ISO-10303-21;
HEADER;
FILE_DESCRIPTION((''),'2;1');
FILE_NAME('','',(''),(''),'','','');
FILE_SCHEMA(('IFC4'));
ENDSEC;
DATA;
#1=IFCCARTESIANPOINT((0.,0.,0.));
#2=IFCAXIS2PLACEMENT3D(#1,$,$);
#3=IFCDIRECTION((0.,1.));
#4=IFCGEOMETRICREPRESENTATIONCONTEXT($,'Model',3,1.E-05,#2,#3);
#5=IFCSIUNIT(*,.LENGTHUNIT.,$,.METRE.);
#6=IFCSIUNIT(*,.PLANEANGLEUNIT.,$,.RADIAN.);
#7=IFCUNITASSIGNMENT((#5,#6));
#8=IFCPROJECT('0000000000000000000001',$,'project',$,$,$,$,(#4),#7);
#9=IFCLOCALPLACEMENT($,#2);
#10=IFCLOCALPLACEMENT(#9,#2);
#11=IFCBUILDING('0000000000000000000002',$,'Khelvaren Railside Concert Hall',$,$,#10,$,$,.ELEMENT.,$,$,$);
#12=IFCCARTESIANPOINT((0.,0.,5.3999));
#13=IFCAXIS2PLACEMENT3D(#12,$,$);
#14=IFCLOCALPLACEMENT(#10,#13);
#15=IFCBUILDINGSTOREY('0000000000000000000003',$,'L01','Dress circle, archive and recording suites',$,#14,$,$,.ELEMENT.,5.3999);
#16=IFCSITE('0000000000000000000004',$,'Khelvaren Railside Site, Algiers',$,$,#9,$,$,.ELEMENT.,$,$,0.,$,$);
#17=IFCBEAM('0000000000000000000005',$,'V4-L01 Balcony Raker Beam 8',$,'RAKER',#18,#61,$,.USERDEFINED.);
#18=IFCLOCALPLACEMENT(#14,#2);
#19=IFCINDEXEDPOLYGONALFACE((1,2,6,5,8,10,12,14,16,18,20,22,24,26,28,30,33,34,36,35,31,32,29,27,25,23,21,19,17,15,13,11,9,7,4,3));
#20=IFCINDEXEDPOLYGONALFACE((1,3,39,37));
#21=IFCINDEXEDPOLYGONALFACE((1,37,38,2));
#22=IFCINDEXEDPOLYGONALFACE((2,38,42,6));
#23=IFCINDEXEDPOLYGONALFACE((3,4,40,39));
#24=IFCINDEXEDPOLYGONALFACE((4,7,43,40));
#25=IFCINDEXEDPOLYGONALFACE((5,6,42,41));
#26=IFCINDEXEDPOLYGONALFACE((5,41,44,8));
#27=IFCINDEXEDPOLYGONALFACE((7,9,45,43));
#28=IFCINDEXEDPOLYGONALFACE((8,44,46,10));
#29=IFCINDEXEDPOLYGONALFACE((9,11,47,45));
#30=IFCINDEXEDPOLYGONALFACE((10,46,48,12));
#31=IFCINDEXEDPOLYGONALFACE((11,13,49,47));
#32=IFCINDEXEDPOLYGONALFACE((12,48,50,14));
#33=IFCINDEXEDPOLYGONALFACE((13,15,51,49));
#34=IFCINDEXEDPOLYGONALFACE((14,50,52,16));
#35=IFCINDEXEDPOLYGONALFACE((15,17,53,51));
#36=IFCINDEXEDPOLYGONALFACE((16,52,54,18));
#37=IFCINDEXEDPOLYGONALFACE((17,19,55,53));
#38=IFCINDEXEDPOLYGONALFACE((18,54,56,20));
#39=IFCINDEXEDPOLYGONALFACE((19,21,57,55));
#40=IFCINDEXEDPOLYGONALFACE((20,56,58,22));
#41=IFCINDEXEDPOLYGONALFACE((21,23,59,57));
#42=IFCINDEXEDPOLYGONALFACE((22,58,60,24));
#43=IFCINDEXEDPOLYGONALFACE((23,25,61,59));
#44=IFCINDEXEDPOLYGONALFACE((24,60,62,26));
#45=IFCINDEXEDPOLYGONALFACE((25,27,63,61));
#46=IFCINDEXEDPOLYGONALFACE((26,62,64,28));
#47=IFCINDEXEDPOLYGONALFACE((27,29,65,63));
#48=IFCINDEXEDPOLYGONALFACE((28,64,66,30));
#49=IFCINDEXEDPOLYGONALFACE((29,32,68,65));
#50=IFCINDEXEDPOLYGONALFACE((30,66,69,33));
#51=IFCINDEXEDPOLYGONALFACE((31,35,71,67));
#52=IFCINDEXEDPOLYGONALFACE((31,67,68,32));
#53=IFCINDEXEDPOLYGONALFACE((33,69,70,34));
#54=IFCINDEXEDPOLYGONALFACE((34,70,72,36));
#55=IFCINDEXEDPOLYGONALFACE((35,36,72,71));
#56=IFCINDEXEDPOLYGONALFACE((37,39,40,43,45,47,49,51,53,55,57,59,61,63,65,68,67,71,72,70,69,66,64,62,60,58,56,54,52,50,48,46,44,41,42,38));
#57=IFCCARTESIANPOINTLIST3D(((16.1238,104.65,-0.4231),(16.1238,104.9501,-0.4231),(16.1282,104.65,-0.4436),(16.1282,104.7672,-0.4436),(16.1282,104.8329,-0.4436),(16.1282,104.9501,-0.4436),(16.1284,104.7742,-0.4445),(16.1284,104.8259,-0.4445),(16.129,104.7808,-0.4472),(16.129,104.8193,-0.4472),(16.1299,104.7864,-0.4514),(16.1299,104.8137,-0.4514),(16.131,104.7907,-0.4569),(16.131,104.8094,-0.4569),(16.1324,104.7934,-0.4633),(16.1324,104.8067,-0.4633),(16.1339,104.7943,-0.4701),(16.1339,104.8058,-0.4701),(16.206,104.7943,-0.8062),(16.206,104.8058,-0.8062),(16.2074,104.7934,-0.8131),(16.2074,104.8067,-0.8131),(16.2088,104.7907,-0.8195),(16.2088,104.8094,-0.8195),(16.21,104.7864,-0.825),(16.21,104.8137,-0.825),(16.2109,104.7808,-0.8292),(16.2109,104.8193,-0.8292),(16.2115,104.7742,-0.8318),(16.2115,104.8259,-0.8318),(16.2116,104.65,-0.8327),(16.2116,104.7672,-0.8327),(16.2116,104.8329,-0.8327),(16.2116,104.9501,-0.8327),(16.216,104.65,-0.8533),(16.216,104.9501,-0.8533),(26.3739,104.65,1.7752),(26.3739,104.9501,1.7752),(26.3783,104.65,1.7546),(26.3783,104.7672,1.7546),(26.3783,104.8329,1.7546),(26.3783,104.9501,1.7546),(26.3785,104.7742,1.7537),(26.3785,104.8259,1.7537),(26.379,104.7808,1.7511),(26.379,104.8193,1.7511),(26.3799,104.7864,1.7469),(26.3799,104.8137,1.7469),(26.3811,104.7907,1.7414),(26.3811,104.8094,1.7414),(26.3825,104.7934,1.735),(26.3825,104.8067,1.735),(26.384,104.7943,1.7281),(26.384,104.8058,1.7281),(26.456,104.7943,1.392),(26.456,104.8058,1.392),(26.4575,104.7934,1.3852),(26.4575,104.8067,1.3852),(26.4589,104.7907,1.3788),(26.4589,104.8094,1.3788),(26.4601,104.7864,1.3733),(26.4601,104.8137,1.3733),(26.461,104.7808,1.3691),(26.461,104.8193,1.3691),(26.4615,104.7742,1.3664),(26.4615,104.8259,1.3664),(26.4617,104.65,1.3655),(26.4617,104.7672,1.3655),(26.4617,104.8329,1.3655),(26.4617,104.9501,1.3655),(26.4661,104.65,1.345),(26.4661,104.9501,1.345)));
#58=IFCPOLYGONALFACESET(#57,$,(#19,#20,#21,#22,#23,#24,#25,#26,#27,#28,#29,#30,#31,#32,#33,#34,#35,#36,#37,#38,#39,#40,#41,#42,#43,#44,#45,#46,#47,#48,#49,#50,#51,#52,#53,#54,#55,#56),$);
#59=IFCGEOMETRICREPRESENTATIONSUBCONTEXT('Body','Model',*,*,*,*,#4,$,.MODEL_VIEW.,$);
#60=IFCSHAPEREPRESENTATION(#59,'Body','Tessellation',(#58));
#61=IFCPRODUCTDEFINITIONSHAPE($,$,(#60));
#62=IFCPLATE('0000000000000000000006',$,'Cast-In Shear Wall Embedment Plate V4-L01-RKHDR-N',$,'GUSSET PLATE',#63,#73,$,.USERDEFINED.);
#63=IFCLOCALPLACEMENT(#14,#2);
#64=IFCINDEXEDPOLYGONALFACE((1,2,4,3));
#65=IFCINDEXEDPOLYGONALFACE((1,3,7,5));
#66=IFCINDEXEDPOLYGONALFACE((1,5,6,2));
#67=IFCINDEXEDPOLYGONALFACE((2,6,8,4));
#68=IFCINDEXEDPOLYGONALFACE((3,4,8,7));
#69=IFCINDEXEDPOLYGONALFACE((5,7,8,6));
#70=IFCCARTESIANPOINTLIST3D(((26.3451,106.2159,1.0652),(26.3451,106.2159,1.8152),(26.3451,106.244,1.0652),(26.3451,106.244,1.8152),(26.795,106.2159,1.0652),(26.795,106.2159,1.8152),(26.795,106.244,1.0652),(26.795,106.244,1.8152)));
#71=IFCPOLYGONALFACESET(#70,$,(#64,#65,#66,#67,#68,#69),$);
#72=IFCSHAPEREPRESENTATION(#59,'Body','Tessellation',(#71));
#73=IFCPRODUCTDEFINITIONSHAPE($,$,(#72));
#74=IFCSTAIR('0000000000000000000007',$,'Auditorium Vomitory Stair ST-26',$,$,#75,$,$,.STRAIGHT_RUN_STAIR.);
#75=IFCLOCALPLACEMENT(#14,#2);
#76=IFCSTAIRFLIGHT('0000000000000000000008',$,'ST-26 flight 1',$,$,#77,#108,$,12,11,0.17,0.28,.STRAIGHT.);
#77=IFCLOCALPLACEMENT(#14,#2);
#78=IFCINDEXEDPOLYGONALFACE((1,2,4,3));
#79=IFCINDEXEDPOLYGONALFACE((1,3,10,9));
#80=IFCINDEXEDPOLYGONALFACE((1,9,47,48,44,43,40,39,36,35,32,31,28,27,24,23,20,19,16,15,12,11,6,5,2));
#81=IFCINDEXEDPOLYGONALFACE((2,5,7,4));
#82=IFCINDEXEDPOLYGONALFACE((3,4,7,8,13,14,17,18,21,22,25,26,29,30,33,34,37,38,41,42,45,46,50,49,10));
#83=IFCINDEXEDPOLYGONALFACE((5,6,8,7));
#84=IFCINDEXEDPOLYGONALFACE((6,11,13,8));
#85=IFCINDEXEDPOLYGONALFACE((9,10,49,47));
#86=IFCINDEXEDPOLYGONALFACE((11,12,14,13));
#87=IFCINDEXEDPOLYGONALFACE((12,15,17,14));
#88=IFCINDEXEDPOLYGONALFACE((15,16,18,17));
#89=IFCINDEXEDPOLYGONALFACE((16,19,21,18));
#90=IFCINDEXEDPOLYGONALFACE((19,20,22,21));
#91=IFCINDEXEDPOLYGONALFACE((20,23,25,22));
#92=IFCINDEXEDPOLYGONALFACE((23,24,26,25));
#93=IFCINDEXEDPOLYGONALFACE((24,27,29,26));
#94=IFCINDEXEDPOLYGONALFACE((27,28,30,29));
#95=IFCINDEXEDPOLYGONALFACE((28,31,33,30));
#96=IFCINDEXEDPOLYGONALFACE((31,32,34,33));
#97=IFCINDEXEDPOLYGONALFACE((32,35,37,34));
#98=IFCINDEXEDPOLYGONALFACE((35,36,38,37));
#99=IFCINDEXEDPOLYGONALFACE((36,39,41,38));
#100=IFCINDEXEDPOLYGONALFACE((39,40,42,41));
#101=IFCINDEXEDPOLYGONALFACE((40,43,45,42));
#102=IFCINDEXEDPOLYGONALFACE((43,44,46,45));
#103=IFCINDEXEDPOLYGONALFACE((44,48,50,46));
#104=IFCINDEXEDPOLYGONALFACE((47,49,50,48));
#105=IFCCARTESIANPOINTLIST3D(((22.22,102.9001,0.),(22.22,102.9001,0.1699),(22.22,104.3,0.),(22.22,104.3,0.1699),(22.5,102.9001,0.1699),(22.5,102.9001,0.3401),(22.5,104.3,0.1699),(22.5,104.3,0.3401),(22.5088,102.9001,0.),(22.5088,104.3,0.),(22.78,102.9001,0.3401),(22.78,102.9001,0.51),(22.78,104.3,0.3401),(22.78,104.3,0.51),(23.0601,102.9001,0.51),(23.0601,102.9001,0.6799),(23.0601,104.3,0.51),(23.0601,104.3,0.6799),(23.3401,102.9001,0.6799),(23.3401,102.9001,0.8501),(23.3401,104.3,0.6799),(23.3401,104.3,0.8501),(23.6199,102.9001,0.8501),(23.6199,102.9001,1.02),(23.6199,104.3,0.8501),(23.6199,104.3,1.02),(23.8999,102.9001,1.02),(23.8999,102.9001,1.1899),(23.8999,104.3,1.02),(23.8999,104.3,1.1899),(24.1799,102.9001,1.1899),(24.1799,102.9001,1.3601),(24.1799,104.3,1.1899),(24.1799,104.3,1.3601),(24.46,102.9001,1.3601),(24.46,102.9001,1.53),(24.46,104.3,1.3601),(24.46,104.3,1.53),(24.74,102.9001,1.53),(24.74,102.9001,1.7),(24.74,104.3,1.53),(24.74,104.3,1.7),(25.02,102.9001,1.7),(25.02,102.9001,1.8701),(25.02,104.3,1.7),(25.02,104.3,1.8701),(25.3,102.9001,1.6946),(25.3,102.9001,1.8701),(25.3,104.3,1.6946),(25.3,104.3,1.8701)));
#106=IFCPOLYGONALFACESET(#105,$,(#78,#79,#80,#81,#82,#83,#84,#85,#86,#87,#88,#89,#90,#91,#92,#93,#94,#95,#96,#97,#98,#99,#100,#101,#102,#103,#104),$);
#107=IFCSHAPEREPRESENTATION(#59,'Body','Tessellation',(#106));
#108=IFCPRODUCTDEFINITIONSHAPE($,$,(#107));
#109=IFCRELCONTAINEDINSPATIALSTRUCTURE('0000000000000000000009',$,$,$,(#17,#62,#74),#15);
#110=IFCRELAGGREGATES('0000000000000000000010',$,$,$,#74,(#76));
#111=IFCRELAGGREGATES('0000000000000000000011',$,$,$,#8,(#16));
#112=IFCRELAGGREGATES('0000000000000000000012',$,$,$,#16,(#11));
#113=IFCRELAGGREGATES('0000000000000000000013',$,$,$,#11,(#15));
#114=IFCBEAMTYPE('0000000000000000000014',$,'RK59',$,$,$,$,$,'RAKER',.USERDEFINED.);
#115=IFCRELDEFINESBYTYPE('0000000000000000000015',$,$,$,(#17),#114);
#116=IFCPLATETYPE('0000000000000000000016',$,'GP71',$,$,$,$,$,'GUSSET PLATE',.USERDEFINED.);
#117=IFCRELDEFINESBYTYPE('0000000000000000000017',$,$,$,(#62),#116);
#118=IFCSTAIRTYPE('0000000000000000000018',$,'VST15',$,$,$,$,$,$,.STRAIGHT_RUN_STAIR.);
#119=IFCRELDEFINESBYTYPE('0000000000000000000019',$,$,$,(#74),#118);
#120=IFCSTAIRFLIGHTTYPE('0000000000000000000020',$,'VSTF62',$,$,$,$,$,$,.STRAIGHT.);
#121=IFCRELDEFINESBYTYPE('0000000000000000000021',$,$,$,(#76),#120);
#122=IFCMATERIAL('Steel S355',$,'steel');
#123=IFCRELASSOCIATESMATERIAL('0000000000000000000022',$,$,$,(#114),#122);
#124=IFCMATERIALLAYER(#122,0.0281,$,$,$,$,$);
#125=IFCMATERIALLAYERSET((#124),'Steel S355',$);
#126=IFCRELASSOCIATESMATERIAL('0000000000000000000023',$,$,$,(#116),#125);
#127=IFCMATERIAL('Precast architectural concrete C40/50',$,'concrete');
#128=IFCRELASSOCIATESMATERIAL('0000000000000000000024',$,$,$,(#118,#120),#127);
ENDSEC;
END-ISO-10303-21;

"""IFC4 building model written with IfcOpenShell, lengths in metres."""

from ifc_helpers import new_model, si_unit, direction, frame, origin, origin_2d, place, context, subcontext, project, spatial, polyline, rectangle, i_section, outline, extrude, material, layer, layer_set, material_profile, profile_set, type_object, element, aggregate, save


model = new_model("IFC4")

# Units and contexts
model_context = context("Model", 3, precision=1e-05, world=origin(), true_north=direction((0.0, 1.0)))
body_context = subcontext(model_context, "Body", "Model", "MODEL_VIEW")
ifc_project = project(units=[si_unit("LENGTHUNIT", "METRE"), si_unit("PLANEANGLEUNIT", "RADIAN")], contexts=[model_context])

# Site, building, storey
site_placement = place(None, origin())
site = spatial("IfcSite", under=ifc_project, at=site_placement, Name="Khelvaren Railside Site, Algiers", CompositionType="ELEMENT", RefElevation=0.0)
building_placement = place(site_placement, origin())
building = spatial("IfcBuilding", under=site, at=building_placement, Name="Khelvaren Railside Concert Hall", CompositionType="ELEMENT")
storey_placement = place(building_placement, frame((0.0, 0.0, 5.3999)))
storey = spatial("IfcBuildingStorey", under=building, at=storey_placement, Name="L01", Description="Dress circle, archive and recording suites", CompositionType="ELEMENT", Elevation=5.3999)

# Beam
ifc_material_1 = material(Name="Steel S355", Category="steel")
ifc_material_profile_1 = material_profile(ifc_material_1, i_section(OverallWidth=0.3, OverallDepth=0.4399, WebThickness=0.0115, FlangeThickness=0.021, FilletRadius=0.0271, at=origin_2d()), Name="HEA 450")
ifc_profile_set_1 = profile_set([ifc_material_profile_1], Name="Steel S355")
beam_type_1 = type_object("IfcBeamType", Name="RK59", ElementType="RAKER", PredefinedType="USERDEFINED", material=ifc_profile_set_1)
for number, where, z_axis, x_axis, name in (
    (1, (16.1699, 104.8, -0.6382), (0.977767, 0.0, 0.209694), (0.0, 1.0, 0.0), "V4-L01 Balcony Raker Beam 8"),
):
    element("IfcBeam", number, at=place(storey_placement, frame(where, z_axis=z_axis, x_axis=x_axis)), inside=storey, type_object=beam_type_1, Name=name, ObjectType="RAKER", PredefinedType="USERDEFINED", context=body_context, shape_type="SweptSolid", body=[
        extrude(i_section(OverallWidth=0.3, OverallDepth=0.4399, WebThickness=0.0115, FlangeThickness=0.021, FilletRadius=0.0271, at=origin_2d()), origin(), (0.0, 0.0, 1.0), 10.4832),
    ])

# Plate
ifc_layer = layer(ifc_material_1, 0.0281)
ifc_layer_set = layer_set([ifc_layer], Name="Steel S355")
plate_type = type_object("IfcPlateType", Name="GP71", ElementType="GUSSET PLATE", PredefinedType="USERDEFINED", material=ifc_layer_set)
plate_placement = place(storey_placement, frame((26.5701, 106.23, 1.0652), z_axis=(0.0, 0.0, 1.0), x_axis=(1.0, 0.0, 0.0)))
element("IfcPlate", 2, at=plate_placement, inside=storey, type_object=plate_type, Name="Cast-In Shear Wall Embedment Plate V4-L01-RKHDR-N", ObjectType="GUSSET PLATE", PredefinedType="USERDEFINED", context=body_context, shape_type="SweptSolid", body=[
    extrude(rectangle(XDim=0.45, YDim=0.0281, at=origin_2d()), origin(), (0.0, 0.0, 1.0), 0.75),
])

# Stair, stair flight
ifc_material_2 = material(Name="Precast architectural concrete C40/50", Category="concrete")
stair_type = type_object("IfcStairType", Name="VST15", PredefinedType="STRAIGHT_RUN_STAIR", material=ifc_material_2)
stair_placement = place(storey_placement, origin())
stair = element("IfcStair", 3, at=stair_placement, inside=storey, type_object=stair_type, Name="Auditorium Vomitory Stair ST-26", PredefinedType="STRAIGHT_RUN_STAIR")
stair_flight_type = type_object("IfcStairFlightType", Name="VSTF62", PredefinedType="STRAIGHT", material=ifc_material_2)
stair_flight_placement = place(storey_placement, frame((22.22, 103.6001, 0.0), z_axis=(0.0, 0.0, 1.0), x_axis=(1.0, 0.0, 0.0)))
stair_flight = element("IfcStairFlight", 4, at=stair_flight_placement, type_object=stair_flight_type, Name="ST-26 flight 1", NumberOfRisers=12, NumberOfTreads=11, PredefinedType="STRAIGHT", RiserHeight=0.17, TreadLength=0.28, context=body_context, shape_type="SweptSolid", body=[
    extrude(outline(polyline([(0.0, 0.0), (0.0, 0.1699), (0.28, 0.1699), (0.28, 0.3401), (0.5601, 0.3401), (0.5601, 0.51), (0.8401, 0.51), (0.8401, 0.6799), (1.1201, 0.6799), (1.1201, 0.8501), (1.3999, 0.8501), (1.3999, 1.02), (1.6799, 1.02), (1.6799, 1.1899), (1.96, 1.1899), (1.96, 1.3601), (2.24, 1.3601), (2.24, 1.53), (2.52, 1.53), (2.52, 1.7), (2.8, 1.7), (2.8, 1.8701), (3.0801, 1.8701), (3.0801, 2.04), (3.0801, 1.6946), (0.2888, 0.0), (0.0, 0.0)])), frame((0.0, 0.7, 0.0), z_axis=(0.0, -1.0, 0.0), x_axis=(1.0, 0.0, 0.0)), (0.0, 0.0, 1.0), 1.3999),
])
aggregate(stair, [stair_flight])

save(model, "model.ifc")
